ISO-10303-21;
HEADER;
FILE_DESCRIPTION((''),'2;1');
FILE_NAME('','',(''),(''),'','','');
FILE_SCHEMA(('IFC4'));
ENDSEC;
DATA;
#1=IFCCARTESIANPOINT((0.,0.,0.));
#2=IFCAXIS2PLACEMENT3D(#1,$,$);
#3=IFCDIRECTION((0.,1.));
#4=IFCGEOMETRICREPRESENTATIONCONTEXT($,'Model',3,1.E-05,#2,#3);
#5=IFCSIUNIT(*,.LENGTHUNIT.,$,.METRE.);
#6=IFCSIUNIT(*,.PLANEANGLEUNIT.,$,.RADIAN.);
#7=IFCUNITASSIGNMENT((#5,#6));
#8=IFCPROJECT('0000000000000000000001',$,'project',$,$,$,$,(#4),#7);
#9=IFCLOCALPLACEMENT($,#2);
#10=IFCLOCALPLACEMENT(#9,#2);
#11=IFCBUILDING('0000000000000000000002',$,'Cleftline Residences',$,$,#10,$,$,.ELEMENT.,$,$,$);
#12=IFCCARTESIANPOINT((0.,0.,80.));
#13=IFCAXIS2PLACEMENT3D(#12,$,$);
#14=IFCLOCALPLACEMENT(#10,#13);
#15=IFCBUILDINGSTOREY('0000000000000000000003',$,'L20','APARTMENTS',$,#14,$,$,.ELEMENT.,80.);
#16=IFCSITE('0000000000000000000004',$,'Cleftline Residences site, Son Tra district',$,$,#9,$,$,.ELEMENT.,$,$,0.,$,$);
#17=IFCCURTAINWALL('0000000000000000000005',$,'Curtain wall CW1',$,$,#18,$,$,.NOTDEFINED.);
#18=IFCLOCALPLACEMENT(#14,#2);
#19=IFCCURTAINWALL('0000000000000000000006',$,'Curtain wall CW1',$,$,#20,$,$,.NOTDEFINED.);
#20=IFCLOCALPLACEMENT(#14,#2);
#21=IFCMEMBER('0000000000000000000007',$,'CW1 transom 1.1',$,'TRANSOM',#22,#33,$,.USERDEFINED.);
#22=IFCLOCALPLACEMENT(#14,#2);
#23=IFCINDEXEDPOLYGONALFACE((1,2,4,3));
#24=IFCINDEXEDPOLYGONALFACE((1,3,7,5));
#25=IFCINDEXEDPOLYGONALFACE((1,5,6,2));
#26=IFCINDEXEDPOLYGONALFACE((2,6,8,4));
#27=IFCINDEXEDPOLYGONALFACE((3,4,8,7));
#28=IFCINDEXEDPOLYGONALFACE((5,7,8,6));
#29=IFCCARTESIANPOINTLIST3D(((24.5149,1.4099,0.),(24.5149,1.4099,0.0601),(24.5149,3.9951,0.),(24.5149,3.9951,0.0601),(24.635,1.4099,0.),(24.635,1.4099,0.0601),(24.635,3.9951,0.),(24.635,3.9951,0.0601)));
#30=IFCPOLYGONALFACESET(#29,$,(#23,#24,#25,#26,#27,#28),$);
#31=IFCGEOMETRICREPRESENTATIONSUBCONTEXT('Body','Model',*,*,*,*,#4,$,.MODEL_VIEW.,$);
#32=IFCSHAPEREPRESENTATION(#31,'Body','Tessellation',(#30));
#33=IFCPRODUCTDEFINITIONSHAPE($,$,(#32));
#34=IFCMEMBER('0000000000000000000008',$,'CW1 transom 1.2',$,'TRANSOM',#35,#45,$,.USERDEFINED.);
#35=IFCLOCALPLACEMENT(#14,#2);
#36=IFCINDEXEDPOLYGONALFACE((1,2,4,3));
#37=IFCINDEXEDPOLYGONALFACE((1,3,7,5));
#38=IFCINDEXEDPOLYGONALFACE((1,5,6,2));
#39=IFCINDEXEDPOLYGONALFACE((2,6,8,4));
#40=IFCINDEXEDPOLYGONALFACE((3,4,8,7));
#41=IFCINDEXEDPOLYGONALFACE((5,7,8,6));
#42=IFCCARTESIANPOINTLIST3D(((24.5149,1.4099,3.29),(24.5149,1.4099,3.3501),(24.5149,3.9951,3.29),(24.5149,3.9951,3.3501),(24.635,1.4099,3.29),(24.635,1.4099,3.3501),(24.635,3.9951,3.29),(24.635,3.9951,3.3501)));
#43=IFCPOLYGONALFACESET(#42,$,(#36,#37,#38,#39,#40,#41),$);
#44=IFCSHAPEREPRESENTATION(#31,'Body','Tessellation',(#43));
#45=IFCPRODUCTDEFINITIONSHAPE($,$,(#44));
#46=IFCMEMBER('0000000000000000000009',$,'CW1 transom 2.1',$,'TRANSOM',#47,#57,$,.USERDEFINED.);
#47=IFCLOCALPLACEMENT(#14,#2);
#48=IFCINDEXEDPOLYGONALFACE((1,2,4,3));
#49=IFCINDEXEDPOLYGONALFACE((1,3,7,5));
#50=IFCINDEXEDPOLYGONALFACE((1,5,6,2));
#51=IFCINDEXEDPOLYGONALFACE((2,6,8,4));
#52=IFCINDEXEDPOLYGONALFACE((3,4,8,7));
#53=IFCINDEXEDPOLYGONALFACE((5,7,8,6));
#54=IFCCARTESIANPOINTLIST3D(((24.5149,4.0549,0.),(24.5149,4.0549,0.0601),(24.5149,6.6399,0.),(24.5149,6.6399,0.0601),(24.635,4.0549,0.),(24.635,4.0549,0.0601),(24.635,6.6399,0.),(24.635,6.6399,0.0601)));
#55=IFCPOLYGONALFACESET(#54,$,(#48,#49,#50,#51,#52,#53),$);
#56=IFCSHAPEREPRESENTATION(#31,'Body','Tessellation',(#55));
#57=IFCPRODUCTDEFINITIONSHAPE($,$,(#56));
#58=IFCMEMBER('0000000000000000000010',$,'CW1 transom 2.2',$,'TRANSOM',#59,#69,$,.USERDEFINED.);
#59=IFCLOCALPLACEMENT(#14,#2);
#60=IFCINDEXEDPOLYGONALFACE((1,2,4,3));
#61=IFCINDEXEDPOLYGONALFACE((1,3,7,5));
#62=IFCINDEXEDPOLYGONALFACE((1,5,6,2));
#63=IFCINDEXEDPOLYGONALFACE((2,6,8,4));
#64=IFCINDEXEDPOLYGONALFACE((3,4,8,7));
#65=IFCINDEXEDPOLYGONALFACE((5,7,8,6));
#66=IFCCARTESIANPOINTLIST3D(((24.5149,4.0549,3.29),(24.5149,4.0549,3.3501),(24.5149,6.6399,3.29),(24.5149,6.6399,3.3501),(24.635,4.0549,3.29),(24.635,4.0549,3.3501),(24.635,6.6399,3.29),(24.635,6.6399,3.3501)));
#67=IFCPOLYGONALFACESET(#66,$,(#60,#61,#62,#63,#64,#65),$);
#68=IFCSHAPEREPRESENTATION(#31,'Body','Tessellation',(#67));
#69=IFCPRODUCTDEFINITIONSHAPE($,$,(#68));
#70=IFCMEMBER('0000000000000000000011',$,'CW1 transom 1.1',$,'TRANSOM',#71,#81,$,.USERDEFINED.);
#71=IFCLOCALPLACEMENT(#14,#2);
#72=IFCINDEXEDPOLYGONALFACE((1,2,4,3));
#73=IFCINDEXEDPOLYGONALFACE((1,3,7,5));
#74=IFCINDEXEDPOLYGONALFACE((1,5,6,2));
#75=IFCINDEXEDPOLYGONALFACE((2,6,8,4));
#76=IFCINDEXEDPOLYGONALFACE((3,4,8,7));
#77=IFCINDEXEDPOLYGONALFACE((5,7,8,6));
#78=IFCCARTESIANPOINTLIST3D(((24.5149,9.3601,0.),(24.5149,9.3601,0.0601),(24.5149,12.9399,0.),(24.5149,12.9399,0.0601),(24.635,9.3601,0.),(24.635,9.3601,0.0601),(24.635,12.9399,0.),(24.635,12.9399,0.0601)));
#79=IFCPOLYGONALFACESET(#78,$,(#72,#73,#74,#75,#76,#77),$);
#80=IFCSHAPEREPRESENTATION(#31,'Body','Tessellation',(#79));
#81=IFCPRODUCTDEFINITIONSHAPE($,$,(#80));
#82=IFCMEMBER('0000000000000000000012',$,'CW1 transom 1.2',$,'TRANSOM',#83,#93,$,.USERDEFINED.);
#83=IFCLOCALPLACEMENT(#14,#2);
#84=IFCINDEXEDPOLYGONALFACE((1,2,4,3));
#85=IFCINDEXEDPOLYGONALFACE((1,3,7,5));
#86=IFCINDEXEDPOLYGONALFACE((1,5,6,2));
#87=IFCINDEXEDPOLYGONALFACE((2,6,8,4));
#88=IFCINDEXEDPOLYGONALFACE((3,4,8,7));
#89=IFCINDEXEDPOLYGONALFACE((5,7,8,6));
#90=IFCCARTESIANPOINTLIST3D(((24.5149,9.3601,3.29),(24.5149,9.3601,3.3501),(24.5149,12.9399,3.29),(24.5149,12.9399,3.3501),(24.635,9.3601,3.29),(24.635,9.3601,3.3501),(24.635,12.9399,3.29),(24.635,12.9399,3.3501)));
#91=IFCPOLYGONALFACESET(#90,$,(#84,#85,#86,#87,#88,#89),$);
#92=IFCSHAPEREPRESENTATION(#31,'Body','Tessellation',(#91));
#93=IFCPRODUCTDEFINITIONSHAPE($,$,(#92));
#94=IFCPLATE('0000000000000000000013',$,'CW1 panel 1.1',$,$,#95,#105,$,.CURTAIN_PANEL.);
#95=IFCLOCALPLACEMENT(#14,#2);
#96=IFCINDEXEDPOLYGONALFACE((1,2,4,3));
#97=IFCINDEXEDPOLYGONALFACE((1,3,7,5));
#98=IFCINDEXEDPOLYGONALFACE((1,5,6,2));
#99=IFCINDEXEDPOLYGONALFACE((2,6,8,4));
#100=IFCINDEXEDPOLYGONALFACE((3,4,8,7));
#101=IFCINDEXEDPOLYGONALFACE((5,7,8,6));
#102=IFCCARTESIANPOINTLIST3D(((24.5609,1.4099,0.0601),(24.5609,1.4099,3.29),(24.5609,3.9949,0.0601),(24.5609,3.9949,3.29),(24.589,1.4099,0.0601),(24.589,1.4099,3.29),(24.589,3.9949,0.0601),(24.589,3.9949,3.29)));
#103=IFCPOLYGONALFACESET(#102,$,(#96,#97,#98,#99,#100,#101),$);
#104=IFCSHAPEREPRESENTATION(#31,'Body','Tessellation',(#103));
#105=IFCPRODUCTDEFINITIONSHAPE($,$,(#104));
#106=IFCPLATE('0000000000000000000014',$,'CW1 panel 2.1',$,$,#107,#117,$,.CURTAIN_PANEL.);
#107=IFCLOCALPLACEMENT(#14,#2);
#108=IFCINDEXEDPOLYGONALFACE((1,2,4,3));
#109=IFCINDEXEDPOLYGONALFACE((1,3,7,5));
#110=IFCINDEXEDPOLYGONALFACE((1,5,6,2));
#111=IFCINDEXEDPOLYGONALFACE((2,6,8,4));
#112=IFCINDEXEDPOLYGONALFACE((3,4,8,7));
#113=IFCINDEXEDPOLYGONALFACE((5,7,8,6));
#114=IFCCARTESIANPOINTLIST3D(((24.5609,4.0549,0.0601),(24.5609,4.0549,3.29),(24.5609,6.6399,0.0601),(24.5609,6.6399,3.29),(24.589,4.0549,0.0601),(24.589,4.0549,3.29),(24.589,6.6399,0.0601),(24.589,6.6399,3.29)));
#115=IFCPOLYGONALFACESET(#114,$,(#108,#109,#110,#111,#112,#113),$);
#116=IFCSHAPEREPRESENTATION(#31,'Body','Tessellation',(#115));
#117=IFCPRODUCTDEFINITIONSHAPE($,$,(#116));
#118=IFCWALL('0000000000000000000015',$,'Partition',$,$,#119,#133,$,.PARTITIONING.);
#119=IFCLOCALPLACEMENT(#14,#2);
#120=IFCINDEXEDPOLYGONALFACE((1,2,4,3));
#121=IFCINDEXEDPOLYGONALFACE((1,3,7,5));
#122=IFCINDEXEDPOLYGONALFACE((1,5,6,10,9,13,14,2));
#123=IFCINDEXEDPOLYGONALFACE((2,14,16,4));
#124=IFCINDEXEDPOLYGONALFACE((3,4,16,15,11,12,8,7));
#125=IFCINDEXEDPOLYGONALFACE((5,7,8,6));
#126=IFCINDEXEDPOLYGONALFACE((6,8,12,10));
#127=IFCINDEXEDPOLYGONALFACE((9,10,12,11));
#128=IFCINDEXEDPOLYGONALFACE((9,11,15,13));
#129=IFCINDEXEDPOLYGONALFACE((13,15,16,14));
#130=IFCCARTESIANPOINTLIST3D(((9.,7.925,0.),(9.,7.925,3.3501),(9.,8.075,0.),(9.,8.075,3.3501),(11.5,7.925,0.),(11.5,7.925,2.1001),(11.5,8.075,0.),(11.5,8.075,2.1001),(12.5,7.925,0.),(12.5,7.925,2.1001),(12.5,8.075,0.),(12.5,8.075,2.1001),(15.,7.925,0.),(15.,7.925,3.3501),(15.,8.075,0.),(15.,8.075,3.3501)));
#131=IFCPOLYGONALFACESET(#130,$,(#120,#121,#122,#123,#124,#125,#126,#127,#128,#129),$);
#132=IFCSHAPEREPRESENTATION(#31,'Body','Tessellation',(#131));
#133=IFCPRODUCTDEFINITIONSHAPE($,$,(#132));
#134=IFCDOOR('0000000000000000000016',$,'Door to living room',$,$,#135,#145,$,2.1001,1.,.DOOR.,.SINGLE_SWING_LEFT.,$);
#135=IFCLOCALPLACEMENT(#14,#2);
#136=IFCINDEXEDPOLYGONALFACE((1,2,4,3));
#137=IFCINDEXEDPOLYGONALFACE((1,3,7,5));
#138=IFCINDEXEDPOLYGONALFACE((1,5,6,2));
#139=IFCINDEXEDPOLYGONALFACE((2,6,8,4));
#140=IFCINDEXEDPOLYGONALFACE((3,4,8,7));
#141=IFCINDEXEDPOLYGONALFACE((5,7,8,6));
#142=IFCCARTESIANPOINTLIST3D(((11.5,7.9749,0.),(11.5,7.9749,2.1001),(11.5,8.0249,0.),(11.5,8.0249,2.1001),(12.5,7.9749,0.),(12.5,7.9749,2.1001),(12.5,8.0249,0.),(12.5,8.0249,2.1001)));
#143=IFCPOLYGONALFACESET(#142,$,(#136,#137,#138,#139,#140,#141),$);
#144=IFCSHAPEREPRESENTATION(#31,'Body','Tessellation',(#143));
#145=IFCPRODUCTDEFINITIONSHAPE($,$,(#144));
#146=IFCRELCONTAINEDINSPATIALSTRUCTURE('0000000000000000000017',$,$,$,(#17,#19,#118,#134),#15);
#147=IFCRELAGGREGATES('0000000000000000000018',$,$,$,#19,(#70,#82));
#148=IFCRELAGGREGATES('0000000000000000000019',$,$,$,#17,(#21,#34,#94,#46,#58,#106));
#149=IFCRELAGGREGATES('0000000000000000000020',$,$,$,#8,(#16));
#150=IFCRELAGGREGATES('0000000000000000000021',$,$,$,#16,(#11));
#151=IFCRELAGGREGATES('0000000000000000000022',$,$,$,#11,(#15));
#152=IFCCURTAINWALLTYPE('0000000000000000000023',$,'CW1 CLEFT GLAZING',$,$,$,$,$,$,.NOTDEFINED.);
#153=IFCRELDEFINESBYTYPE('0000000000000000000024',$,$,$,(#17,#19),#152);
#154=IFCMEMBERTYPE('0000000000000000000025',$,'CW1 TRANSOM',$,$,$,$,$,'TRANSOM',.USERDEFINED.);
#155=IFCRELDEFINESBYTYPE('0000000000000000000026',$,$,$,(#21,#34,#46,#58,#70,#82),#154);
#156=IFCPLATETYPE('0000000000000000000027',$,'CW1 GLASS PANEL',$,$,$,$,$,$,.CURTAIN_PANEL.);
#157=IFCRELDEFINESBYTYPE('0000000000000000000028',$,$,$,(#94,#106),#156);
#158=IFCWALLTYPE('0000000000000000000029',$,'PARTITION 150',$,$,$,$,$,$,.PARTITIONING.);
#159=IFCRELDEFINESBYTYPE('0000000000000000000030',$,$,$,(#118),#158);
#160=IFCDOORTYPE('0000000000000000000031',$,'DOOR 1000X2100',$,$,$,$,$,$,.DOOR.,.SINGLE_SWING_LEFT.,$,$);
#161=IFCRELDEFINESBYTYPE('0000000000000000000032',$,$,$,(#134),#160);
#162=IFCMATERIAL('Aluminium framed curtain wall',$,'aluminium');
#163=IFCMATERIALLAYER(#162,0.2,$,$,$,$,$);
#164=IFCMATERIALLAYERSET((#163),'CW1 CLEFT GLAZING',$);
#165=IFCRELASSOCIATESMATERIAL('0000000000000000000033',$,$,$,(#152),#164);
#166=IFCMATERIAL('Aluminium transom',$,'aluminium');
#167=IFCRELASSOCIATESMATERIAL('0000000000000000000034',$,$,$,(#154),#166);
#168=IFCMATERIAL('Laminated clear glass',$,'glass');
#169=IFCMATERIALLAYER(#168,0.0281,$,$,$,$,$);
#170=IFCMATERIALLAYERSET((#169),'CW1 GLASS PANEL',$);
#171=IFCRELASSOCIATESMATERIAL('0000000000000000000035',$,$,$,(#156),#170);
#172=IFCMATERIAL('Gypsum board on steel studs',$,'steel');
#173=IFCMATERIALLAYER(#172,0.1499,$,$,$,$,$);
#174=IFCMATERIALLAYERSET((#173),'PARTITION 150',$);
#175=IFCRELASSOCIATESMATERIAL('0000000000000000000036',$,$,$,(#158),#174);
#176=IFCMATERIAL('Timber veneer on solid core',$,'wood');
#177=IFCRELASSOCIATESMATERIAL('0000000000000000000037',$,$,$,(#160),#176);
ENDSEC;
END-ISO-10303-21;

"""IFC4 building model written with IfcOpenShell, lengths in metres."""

from ifc_helpers import new_model, si_unit, direction, frame, frame_2d, origin, origin_2d, place, context, subcontext, project, spatial, rectangle, extrude, material, layer, layer_set, material_profile, profile_set, type_object, element, fill, aggregate, save


model = new_model("IFC4")

# Units and contexts
model_context = context("Model", 3, precision=1e-05, world=origin(), true_north=direction((0.0, 1.0)))
body_context = subcontext(model_context, "Body", "Model", "MODEL_VIEW")
ifc_project = project(units=[si_unit("LENGTHUNIT", "METRE"), si_unit("PLANEANGLEUNIT", "RADIAN")], contexts=[model_context])

# Site, building, storey
site_placement = place(None, origin())
site = spatial("IfcSite", under=ifc_project, at=site_placement, Name="Cleftline Residences site, Son Tra district", CompositionType="ELEMENT", RefElevation=0.0)
building_placement = place(site_placement, origin())
building = spatial("IfcBuilding", under=site, at=building_placement, Name="Cleftline Residences", CompositionType="ELEMENT")
storey_placement = place(building_placement, frame((0.0, 0.0, 80.0)))
storey = spatial("IfcBuildingStorey", under=building, at=storey_placement, Name="L20", Description="APARTMENTS", CompositionType="ELEMENT", Elevation=80.0)

# Curtain wall
ifc_material_1 = material(Name="Aluminium framed curtain wall", Category="aluminium")
ifc_layer_1 = layer(ifc_material_1, 0.2)
ifc_layer_set_1 = layer_set([ifc_layer_1], Name="CW1 CLEFT GLAZING")
curtain_wall_type = type_object("IfcCurtainWallType", Name="CW1 CLEFT GLAZING", PredefinedType="NOTDEFINED", material=ifc_layer_set_1)
curtain_wall_1_placement = place(storey_placement, origin())
curtain_wall_1 = element("IfcCurtainWall", 1, at=curtain_wall_1_placement, inside=storey, type_object=curtain_wall_type, Name="Curtain wall CW1", PredefinedType="NOTDEFINED")

# Curtain wall
curtain_wall_2_placement = place(storey_placement, origin())
curtain_wall_2 = element("IfcCurtainWall", 2, at=curtain_wall_2_placement, inside=storey, type_object=curtain_wall_type, Name="Curtain wall CW1", PredefinedType="NOTDEFINED")

# Members
ifc_material_2 = material(Name="Aluminium transom", Category="aluminium")
ifc_material_profile_1 = material_profile(ifc_material_2, rectangle(XDim=0.1201, YDim=0.0601, at=origin_2d()))
ifc_profile_set_1 = profile_set([ifc_material_profile_1], Name="Aluminium transom")
member_type_1 = type_object("IfcMemberType", Name="CW1 TRANSOM", ElementType="TRANSOM", PredefinedType="USERDEFINED", material=ifc_profile_set_1)
member_1_placement = place(storey_placement, frame((24.575, 1.4099, 0.03), z_axis=(0.0, 1.0, 0.0), x_axis=(-1.0, 0.0, 0.0)))
member_1 = element("IfcMember", 3, at=member_1_placement, type_object=member_type_1, Name="CW1 transom 1.1", ObjectType="TRANSOM", PredefinedType="USERDEFINED", context=body_context, shape_type="SweptSolid", body=[
    extrude(rectangle(XDim=0.1201, YDim=0.0601, at=origin_2d()), origin(), (0.0, 0.0, 1.0), 2.5852),
])
member_2_placement = place(storey_placement, frame((24.575, 1.4099, 3.3201), z_axis=(0.0, 1.0, 0.0), x_axis=(-1.0, 0.0, 0.0)))
member_2 = element("IfcMember", 4, at=member_2_placement, type_object=member_type_1, Name="CW1 transom 1.2", ObjectType="TRANSOM", PredefinedType="USERDEFINED", context=body_context, shape_type="SweptSolid", body=[
    extrude(rectangle(XDim=0.1201, YDim=0.0601, at=origin_2d()), origin(), (0.0, 0.0, 1.0), 2.5852),
])
member_3_placement = place(storey_placement, frame((24.575, 4.0549, 0.03), z_axis=(0.0, 1.0, 0.0), x_axis=(-1.0, 0.0, 0.0)))
member_3 = element("IfcMember", 5, at=member_3_placement, type_object=member_type_1, Name="CW1 transom 2.1", ObjectType="TRANSOM", PredefinedType="USERDEFINED", context=body_context, shape_type="SweptSolid", body=[
    extrude(rectangle(XDim=0.1201, YDim=0.0601, at=origin_2d()), origin(), (0.0, 0.0, 1.0), 2.585),
])
member_4_placement = place(storey_placement, frame((24.575, 4.0549, 3.3201), z_axis=(0.0, 1.0, 0.0), x_axis=(-1.0, 0.0, 0.0)))
member_4 = element("IfcMember", 6, at=member_4_placement, type_object=member_type_1, Name="CW1 transom 2.2", ObjectType="TRANSOM", PredefinedType="USERDEFINED", context=body_context, shape_type="SweptSolid", body=[
    extrude(rectangle(XDim=0.1201, YDim=0.0601, at=origin_2d()), origin(), (0.0, 0.0, 1.0), 2.585),
])
member_5_placement = place(storey_placement, frame((24.575, 9.3601, 0.03), z_axis=(0.0, 1.0, 0.0), x_axis=(-1.0, 0.0, 0.0)))
member_5 = element("IfcMember", 7, at=member_5_placement, type_object=member_type_1, Name="CW1 transom 1.1", ObjectType="TRANSOM", PredefinedType="USERDEFINED", context=body_context, shape_type="SweptSolid", body=[
    extrude(rectangle(XDim=0.1201, YDim=0.0601, at=origin_2d()), origin(), (0.0, 0.0, 1.0), 3.5798),
])
member_6_placement = place(storey_placement, frame((24.575, 9.3601, 3.3201), z_axis=(0.0, 1.0, 0.0), x_axis=(-1.0, 0.0, 0.0)))
member_6 = element("IfcMember", 8, at=member_6_placement, type_object=member_type_1, Name="CW1 transom 1.2", ObjectType="TRANSOM", PredefinedType="USERDEFINED", context=body_context, shape_type="SweptSolid", body=[
    extrude(rectangle(XDim=0.1201, YDim=0.0601, at=origin_2d()), origin(), (0.0, 0.0, 1.0), 3.5798),
])
aggregate(curtain_wall_2, [member_5, member_6])

# Plates
ifc_material_3 = material(Name="Laminated clear glass", Category="glass")
ifc_layer_2 = layer(ifc_material_3, 0.0281)
ifc_layer_set_2 = layer_set([ifc_layer_2], Name="CW1 GLASS PANEL")
plate_type = type_object("IfcPlateType", Name="CW1 GLASS PANEL", PredefinedType="CURTAIN_PANEL", material=ifc_layer_set_2)
plate_1_placement = place(storey_placement, frame((24.575, 2.7024, 0.0601), z_axis=(0.0, 0.0, 1.0), x_axis=(0.0, 1.0, 0.0)))
plate_1 = element("IfcPlate", 9, at=plate_1_placement, type_object=plate_type, Name="CW1 panel 1.1", PredefinedType="CURTAIN_PANEL", context=body_context, shape_type="SweptSolid", body=[
    extrude(rectangle(XDim=2.585, YDim=0.0281, at=origin_2d()), origin(), (0.0, 0.0, 1.0), 3.23),
])
plate_2_placement = place(storey_placement, frame((24.575, 5.3474, 0.0601), z_axis=(0.0, 0.0, 1.0), x_axis=(0.0, 1.0, 0.0)))
plate_2 = element("IfcPlate", 10, at=plate_2_placement, type_object=plate_type, Name="CW1 panel 2.1", PredefinedType="CURTAIN_PANEL", context=body_context, shape_type="SweptSolid", body=[
    extrude(rectangle(XDim=2.585, YDim=0.0281, at=origin_2d()), origin(), (0.0, 0.0, 1.0), 3.23),
])
aggregate(curtain_wall_1, [member_1, member_2, plate_1, member_3, member_4, plate_2])

# Wall, opening, door
ifc_material_4 = material(Name="Gypsum board on steel studs", Category="steel")
ifc_layer_3 = layer(ifc_material_4, 0.1499)
ifc_layer_set_3 = layer_set([ifc_layer_3], Name="PARTITION 150")
wall_type = type_object("IfcWallType", Name="PARTITION 150", PredefinedType="PARTITIONING", material=ifc_layer_set_3)
wall_1_placement = place(storey_placement, frame((9.0, 8.0, 0.0), z_axis=(0.0, 0.0, 1.0), x_axis=(1.0, 0.0, 0.0)))
wall_1 = element("IfcWall", 11, at=wall_1_placement, inside=storey, type_object=wall_type, Name="Partition", PredefinedType="PARTITIONING", context=body_context, shape_type="SweptSolid", body=[
    extrude(rectangle(XDim=6.0, YDim=0.1499, at=frame_2d((3.0, 0.0))), origin(), (0.0, 0.0, 1.0), 3.3501),
])
opening_1_placement = place(wall_1_placement, frame((2.5, 0.0, 0.0)))
opening_1 = element("IfcOpeningElement", 12, at=opening_1_placement, cuts=wall_1, PredefinedType="OPENING", context=body_context, shape_type="SweptSolid", body=[
    extrude(rectangle(XDim=1.0, YDim=2.1001, at=frame_2d((0.5, 1.05))), frame((0.0, 0.085, 0.0), z_axis=(0.0, -1.0, 0.0), x_axis=(1.0, 0.0, 0.0)), (0.0, 0.0, 1.0), 0.1699),
])
ifc_material_5 = material(Name="Timber veneer on solid core", Category="wood")
door_type_1 = type_object("IfcDoorType", Name="DOOR 1000X2100", OperationType="SINGLE_SWING_LEFT", PredefinedType="DOOR", material=ifc_material_5)
door_1_placement = place(opening_1_placement, origin())
door_1 = element("IfcDoor", 13, at=door_1_placement, inside=storey, type_object=door_type_1, Name="Door to living room", OperationType="SINGLE_SWING_LEFT", OverallHeight=2.1001, OverallWidth=1.0, PredefinedType="DOOR", context=body_context, shape_type="SweptSolid", body=[
    extrude(rectangle(XDim=1.0, YDim=2.1001, at=frame_2d((0.5, 1.05))), frame((0.0, 0.0249, 0.0), z_axis=(0.0, -1.0, 0.0), x_axis=(1.0, 0.0, 0.0)), (0.0, 0.0, 1.0), 0.05),
])
fill(opening_1, door_1)

save(model, "model.ifc")
